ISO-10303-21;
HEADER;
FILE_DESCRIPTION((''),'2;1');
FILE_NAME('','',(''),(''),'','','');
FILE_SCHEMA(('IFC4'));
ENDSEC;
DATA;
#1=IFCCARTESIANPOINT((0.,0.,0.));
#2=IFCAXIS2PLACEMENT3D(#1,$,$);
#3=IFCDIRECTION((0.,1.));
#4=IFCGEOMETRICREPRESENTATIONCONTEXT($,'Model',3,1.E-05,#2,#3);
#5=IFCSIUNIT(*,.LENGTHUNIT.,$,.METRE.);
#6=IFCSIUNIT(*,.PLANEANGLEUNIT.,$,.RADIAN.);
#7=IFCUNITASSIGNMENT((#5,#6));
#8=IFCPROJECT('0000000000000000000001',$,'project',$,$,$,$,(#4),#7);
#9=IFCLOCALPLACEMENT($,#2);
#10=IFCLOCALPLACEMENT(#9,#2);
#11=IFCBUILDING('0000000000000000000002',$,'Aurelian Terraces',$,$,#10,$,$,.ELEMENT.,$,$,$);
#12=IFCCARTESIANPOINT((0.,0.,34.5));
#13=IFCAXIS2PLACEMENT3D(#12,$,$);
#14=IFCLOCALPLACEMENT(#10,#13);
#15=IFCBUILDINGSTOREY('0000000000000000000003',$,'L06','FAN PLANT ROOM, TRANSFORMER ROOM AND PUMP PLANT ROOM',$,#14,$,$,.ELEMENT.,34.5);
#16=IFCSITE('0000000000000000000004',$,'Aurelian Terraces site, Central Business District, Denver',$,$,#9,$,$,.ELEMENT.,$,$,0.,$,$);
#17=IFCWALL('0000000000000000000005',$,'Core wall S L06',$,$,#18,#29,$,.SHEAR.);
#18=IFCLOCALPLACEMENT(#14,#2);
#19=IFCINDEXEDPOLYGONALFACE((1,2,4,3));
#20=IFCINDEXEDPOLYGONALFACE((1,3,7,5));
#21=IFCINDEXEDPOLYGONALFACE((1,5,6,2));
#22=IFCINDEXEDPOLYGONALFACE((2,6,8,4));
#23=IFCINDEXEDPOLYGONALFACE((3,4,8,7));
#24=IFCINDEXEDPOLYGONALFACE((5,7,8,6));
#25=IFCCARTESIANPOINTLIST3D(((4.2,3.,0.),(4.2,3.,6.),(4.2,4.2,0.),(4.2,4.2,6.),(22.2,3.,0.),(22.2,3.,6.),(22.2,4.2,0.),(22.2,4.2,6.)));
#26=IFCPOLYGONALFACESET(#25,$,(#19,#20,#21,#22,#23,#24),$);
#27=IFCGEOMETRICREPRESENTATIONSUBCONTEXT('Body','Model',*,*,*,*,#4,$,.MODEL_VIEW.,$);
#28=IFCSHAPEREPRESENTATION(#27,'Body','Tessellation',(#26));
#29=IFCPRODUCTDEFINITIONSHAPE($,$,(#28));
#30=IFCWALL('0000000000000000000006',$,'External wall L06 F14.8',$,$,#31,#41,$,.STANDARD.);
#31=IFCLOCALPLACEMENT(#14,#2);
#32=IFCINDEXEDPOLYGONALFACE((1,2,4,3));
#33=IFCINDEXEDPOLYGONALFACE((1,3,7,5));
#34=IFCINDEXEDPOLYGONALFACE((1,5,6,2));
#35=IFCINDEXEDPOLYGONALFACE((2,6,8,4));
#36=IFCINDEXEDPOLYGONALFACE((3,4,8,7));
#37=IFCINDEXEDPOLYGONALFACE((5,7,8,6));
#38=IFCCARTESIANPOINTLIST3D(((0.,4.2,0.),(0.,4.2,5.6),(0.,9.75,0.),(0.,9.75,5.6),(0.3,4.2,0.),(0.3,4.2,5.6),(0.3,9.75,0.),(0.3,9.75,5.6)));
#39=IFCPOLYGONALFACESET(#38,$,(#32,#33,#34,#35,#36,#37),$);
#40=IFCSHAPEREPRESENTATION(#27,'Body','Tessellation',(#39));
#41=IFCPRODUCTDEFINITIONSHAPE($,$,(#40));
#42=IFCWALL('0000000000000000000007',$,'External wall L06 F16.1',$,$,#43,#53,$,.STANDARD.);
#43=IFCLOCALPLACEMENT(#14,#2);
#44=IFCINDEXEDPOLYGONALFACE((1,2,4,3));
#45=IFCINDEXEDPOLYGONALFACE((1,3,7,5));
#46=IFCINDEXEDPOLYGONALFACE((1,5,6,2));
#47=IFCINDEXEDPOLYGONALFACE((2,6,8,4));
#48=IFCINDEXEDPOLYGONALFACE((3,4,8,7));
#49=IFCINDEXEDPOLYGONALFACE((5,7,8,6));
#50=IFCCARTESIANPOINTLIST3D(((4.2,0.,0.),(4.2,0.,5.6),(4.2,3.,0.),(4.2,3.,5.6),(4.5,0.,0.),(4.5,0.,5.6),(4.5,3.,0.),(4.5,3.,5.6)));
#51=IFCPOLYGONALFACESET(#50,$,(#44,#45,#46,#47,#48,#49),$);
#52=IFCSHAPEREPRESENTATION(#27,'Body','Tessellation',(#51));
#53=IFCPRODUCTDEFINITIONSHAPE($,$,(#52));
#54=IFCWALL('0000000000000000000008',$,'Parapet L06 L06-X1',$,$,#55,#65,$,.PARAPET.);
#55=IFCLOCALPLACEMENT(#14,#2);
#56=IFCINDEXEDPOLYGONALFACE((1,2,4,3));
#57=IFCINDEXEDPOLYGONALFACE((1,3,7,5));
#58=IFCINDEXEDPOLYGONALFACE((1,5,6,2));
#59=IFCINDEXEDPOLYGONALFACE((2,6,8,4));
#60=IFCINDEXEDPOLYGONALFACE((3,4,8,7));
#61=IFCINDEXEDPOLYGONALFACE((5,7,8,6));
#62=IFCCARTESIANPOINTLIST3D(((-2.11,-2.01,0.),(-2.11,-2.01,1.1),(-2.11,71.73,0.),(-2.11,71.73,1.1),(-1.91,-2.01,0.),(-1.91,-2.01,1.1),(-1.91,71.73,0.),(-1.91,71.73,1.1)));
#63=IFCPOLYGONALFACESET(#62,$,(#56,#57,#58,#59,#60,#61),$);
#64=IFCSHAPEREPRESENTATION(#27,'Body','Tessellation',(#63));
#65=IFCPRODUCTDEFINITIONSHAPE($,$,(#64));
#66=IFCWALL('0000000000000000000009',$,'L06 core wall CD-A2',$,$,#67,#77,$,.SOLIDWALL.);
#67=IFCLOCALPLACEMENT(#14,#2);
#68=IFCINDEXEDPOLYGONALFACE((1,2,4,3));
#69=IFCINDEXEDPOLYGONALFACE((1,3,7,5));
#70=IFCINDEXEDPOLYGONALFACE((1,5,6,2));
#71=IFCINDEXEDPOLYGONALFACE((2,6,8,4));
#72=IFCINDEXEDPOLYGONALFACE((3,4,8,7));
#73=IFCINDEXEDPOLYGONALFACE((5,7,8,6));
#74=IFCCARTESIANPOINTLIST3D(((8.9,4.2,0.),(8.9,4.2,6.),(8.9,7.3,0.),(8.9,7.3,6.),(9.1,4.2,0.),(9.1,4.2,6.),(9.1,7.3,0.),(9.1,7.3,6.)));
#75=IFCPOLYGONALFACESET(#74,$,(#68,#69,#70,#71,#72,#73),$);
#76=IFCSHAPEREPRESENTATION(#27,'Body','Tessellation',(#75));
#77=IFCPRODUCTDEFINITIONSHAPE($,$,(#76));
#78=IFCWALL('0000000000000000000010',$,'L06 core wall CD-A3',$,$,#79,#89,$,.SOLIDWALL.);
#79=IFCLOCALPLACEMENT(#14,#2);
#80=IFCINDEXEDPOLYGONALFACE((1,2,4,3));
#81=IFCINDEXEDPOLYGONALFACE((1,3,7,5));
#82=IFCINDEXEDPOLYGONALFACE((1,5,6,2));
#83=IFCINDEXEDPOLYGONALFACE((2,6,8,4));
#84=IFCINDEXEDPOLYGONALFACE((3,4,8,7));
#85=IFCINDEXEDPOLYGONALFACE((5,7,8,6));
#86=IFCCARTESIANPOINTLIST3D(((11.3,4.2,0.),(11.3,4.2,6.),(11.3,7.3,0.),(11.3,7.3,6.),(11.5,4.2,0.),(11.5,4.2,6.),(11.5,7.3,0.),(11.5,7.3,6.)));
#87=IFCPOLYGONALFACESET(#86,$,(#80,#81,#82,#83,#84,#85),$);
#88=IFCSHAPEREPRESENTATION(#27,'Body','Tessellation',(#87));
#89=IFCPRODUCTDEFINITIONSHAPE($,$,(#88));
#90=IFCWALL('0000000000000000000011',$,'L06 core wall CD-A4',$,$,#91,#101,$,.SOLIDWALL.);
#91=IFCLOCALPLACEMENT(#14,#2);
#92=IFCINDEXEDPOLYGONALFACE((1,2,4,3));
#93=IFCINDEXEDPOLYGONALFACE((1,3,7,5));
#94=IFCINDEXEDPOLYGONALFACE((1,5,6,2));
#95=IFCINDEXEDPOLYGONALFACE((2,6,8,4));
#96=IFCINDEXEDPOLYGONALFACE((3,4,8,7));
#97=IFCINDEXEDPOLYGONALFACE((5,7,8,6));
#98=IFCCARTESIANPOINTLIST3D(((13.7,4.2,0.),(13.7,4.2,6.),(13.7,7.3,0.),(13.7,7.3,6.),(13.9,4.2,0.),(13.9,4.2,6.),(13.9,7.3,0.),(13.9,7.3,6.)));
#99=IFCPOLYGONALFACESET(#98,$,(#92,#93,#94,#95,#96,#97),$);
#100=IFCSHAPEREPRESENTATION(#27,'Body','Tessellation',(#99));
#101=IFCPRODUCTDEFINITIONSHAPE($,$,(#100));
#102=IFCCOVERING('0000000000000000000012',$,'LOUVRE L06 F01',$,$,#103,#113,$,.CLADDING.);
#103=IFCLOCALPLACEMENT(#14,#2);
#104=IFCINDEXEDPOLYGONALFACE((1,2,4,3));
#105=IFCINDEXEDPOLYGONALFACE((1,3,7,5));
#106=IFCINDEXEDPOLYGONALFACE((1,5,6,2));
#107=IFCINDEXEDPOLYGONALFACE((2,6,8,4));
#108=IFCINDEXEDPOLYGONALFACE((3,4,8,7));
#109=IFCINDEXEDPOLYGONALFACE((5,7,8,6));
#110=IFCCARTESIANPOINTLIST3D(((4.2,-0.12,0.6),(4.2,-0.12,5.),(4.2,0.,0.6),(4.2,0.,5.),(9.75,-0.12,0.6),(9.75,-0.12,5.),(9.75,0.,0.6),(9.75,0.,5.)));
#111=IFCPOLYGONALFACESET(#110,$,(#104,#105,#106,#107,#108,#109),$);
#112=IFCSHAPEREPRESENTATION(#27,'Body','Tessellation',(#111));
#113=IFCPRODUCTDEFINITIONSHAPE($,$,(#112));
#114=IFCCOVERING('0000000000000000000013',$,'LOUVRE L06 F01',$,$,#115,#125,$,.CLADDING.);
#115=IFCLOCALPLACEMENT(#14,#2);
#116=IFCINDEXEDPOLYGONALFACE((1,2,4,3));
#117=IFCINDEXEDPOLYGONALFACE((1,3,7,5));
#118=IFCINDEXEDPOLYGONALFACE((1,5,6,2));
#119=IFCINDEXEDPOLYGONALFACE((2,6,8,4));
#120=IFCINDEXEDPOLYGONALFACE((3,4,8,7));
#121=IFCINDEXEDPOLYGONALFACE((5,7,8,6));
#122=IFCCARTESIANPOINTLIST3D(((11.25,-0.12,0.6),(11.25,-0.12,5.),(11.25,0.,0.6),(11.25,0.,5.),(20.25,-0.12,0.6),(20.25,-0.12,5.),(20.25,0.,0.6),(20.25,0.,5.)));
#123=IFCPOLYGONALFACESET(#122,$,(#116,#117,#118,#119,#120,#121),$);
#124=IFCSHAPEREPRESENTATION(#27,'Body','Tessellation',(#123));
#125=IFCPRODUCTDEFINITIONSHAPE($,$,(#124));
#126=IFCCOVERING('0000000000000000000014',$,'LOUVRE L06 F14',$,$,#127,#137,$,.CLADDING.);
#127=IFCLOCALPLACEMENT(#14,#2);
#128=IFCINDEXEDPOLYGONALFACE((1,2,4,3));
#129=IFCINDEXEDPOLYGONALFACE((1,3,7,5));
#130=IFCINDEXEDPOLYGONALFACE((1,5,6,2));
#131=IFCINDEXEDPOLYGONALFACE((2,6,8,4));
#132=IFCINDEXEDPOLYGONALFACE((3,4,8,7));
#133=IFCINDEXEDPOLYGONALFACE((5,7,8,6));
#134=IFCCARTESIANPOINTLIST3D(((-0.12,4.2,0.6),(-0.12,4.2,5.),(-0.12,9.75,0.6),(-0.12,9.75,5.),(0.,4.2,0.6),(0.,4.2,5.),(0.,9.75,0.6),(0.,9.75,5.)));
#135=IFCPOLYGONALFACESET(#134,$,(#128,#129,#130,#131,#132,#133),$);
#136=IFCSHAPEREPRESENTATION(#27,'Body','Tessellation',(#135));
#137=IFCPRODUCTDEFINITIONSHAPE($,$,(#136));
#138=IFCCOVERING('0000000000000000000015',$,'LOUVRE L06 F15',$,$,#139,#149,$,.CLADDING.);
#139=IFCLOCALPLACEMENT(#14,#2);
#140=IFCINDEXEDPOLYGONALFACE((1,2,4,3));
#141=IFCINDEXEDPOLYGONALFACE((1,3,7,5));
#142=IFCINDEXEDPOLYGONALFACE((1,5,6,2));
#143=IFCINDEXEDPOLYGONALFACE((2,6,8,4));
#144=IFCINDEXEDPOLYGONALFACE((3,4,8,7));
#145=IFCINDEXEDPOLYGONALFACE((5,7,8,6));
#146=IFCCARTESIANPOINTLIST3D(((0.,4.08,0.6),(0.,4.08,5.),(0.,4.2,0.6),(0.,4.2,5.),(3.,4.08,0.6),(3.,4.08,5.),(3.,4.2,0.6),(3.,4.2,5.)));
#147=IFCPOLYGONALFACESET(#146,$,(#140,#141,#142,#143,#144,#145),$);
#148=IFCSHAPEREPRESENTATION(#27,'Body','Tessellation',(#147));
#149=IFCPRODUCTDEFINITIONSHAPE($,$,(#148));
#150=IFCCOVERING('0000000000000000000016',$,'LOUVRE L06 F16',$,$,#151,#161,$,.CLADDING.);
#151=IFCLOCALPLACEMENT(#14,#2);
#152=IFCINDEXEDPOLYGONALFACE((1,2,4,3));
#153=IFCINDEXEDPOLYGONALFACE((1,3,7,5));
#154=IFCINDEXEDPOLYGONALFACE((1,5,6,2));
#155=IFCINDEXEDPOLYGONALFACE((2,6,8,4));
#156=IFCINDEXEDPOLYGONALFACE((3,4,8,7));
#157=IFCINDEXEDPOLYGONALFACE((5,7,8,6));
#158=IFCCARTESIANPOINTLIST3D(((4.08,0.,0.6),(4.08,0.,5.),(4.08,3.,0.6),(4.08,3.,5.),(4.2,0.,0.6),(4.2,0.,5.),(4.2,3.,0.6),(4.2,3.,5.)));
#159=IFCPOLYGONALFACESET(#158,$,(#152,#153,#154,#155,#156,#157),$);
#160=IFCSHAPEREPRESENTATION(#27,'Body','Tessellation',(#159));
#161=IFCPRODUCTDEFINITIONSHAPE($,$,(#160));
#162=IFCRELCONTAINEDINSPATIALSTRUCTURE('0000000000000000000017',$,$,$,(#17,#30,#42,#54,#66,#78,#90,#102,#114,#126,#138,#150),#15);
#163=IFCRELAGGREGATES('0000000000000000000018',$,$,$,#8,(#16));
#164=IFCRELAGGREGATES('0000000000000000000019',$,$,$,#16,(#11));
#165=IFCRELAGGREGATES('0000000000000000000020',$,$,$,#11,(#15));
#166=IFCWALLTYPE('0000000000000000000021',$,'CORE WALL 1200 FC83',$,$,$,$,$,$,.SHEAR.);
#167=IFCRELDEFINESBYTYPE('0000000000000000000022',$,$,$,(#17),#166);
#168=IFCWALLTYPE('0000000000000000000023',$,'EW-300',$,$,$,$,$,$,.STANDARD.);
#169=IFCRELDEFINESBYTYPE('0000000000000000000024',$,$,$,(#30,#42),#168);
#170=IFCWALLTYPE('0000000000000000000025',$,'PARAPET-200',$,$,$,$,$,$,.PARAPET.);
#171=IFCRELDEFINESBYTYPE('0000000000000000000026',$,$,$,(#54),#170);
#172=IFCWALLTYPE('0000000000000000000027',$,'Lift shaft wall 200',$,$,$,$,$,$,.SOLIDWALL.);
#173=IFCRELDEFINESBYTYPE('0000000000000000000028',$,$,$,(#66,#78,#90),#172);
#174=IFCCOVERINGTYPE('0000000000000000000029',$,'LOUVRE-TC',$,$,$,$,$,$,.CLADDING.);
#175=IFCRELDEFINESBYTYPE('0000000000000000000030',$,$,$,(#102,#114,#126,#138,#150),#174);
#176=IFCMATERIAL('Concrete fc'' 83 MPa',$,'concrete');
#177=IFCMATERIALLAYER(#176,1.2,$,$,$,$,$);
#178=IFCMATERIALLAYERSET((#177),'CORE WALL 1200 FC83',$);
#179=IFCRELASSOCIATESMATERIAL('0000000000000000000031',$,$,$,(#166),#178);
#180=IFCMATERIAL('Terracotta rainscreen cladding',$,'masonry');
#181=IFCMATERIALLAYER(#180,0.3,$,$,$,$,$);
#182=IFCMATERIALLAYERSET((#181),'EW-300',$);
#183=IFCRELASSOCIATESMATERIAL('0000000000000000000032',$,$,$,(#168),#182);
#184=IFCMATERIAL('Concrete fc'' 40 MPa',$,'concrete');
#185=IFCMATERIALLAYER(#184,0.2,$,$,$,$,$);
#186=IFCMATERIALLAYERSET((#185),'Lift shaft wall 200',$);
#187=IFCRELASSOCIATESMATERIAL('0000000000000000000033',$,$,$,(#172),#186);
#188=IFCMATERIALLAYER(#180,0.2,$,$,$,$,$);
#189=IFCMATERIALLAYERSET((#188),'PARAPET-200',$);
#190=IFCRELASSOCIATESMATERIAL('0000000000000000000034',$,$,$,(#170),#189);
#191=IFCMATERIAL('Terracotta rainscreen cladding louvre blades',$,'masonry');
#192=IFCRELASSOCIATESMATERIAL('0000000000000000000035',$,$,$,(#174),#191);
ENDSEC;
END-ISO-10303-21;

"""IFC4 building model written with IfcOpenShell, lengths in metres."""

from ifc_helpers import new_model, si_unit, direction, frame, frame_2d, origin, origin_2d, place, context, subcontext, project, spatial, rectangle, extrude, source, transform, mapped, material, layer, layer_set, type_object, element, save


model = new_model("IFC4")

# Units and contexts
model_context = context("Model", 3, precision=1e-05, world=origin(), true_north=direction((0.0, 1.0)))
body_context = subcontext(model_context, "Body", "Model", "MODEL_VIEW")
ifc_project = project(units=[si_unit("LENGTHUNIT", "METRE"), si_unit("PLANEANGLEUNIT", "RADIAN")], contexts=[model_context])

# Site, building, storey
site_placement = place(None, origin())
site = spatial("IfcSite", under=ifc_project, at=site_placement, Name="Aurelian Terraces site, Central Business District, Denver", CompositionType="ELEMENT", RefElevation=0.0)
building_placement = place(site_placement, origin())
building = spatial("IfcBuilding", under=site, at=building_placement, Name="Aurelian Terraces", CompositionType="ELEMENT")
storey_placement = place(building_placement, frame((0.0, 0.0, 34.5)))
storey = spatial("IfcBuildingStorey", under=building, at=storey_placement, Name="L06", Description="FAN PLANT ROOM, TRANSFORMER ROOM AND PUMP PLANT ROOM", CompositionType="ELEMENT", Elevation=34.5)

# Shared definitions
ifc_material_1 = material(Name="Concrete fc' 83 MPa", Category="concrete")

# Shared definitions
ifc_material_2 = material(Name="Concrete fc' 40 MPa", Category="concrete")

# Shared definitions
ifc_layer_1 = layer(ifc_material_1, 1.2)
ifc_layer_set_1 = layer_set([ifc_layer_1], Name="CORE WALL 1200 FC83")
wall_type_1 = type_object("IfcWallType", Name="CORE WALL 1200 FC83", PredefinedType="SHEAR", material=ifc_layer_set_1)

# Shared definitions
ifc_material_3 = material(Name="Terracotta rainscreen cladding", Category="masonry")
ifc_layer_2 = layer(ifc_material_3, 0.3)
ifc_layer_set_2 = layer_set([ifc_layer_2], Name="EW-300")
wall_type_2 = type_object("IfcWallType", Name="EW-300", PredefinedType="STANDARD", material=ifc_layer_set_2)
ifc_layer_3 = layer(ifc_material_2, 0.2)
ifc_layer_set_3 = layer_set([ifc_layer_3], Name="Lift shaft wall 200")
wall_type_3 = type_object("IfcWallType", Name="Lift shaft wall 200", PredefinedType="SOLIDWALL", material=ifc_layer_set_3)

# Walls
shared_shape_1 = source(origin(), body_context, "Body", "SweptSolid", [
    extrude(rectangle(XDim=18.0, YDim=1.2, at=frame_2d((9.0, 0.0))), origin(), (0.0, 0.0, 1.0), 6.0),
])
wall_1_placement = place(storey_placement, frame((4.2, 3.6, 0.0), z_axis=(0.0, 0.0, 1.0), x_axis=(1.0, 0.0, 0.0)))
element("IfcWall", 1, at=wall_1_placement, inside=storey, type_object=wall_type_1, Name="Core wall S L06", PredefinedType="SHEAR", context=body_context, shape_type="MappedRepresentation", body=[
    mapped(shared_shape_1, transform((0.0, 0.0, 0.0), scale=1.0)),
])
shared_shape_2 = source(origin(), body_context, "Body", "SweptSolid", [
    extrude(rectangle(XDim=5.55, YDim=0.3, at=frame_2d((2.775, 0.0))), origin(), (0.0, 0.0, 1.0), 5.6),
])
wall_2_placement = place(storey_placement, frame((0.15, 9.75, 0.0), z_axis=(0.0, 0.0, 1.0), x_axis=(0.0, -1.0, 0.0)))
element("IfcWall", 2, at=wall_2_placement, inside=storey, type_object=wall_type_2, Name="External wall L06 F14.8", PredefinedType="STANDARD", context=body_context, shape_type="MappedRepresentation", body=[
    mapped(shared_shape_2, transform((0.0, 0.0, 0.0), scale=1.0)),
])
shared_shape_3 = source(origin(), body_context, "Body", "SweptSolid", [
    extrude(rectangle(XDim=3.0, YDim=0.3, at=frame_2d((1.5, 0.0))), origin(), (0.0, 0.0, 1.0), 5.6),
])
wall_3_placement = place(storey_placement, frame((4.35, 3.0, 0.0), z_axis=(0.0, 0.0, 1.0), x_axis=(0.0, -1.0, 0.0)))
element("IfcWall", 3, at=wall_3_placement, inside=storey, type_object=wall_type_2, Name="External wall L06 F16.1", PredefinedType="STANDARD", context=body_context, shape_type="MappedRepresentation", body=[
    mapped(shared_shape_3, transform((0.0, 0.0, 0.0), scale=1.0)),
])
ifc_layer_4 = layer(ifc_material_3, 0.2)
ifc_layer_set_4 = layer_set([ifc_layer_4], Name="PARAPET-200")
wall_type_4 = type_object("IfcWallType", Name="PARAPET-200", PredefinedType="PARAPET", material=ifc_layer_set_4)
shared_shape_4 = source(origin(), body_context, "Body", "SweptSolid", [
    extrude(rectangle(XDim=73.74, YDim=0.2, at=frame_2d((36.87, 0.0))), origin(), (0.0, 0.0, 1.0), 1.1),
])
wall_4_placement = place(storey_placement, frame((-2.01, -2.01, 0.0), z_axis=(0.0, 0.0, 1.0), x_axis=(0.0, 1.0, 0.0)))
element("IfcWall", 4, at=wall_4_placement, inside=storey, type_object=wall_type_4, Name="Parapet L06 L06-X1", PredefinedType="PARAPET", context=body_context, shape_type="MappedRepresentation", body=[
    mapped(shared_shape_4, transform((0.0, 0.0, 0.0), scale=1.0)),
])
shared_shape_5 = source(origin(), body_context, "Body", "SweptSolid", [
    extrude(rectangle(XDim=3.1, YDim=0.2, at=frame_2d((1.55, 0.0))), origin(), (0.0, 0.0, 1.0), 6.0),
])
for number, where, z_axis, x_axis, name in (
    (5, (9.0, 4.2, 0.0), (0.0, 0.0, 1.0), (0.0, 1.0, 0.0), "L06 core wall CD-A2"),
    (6, (11.4, 4.2, 0.0), (0.0, 0.0, 1.0), (0.0, 1.0, 0.0), "L06 core wall CD-A3"),
    (7, (13.8, 4.2, 0.0), (0.0, 0.0, 1.0), (0.0, 1.0, 0.0), "L06 core wall CD-A4"),
):
    element("IfcWall", number, at=place(storey_placement, frame(where, z_axis=z_axis, x_axis=x_axis)), inside=storey, type_object=wall_type_3, Name=name, PredefinedType="SOLIDWALL", context=body_context, shape_type="MappedRepresentation", body=[
        mapped(shared_shape_5, transform((0.0, 0.0, 0.0), scale=1.0)),
    ])

# Coverings
ifc_material_4 = material(Name="Terracotta rainscreen cladding louvre blades", Category="masonry")
covering_type = type_object("IfcCoveringType", Name="LOUVRE-TC", PredefinedType="CLADDING", material=ifc_material_4)
covering_1_placement = place(storey_placement, frame((6.975, -0.06, 0.6), z_axis=(0.0, 0.0, 1.0), x_axis=(1.0, 0.0, 0.0)))
element("IfcCovering", 8, at=covering_1_placement, inside=storey, type_object=covering_type, Name="LOUVRE L06 F01", PredefinedType="CLADDING", context=body_context, shape_type="SweptSolid", body=[
    extrude(rectangle(XDim=5.55, YDim=0.12, at=origin_2d()), origin(), (0.0, 0.0, 1.0), 4.4),
])
covering_2_placement = place(storey_placement, frame((15.75, -0.06, 0.6), z_axis=(0.0, 0.0, 1.0), x_axis=(1.0, 0.0, 0.0)))
element("IfcCovering", 9, at=covering_2_placement, inside=storey, type_object=covering_type, Name="LOUVRE L06 F01", PredefinedType="CLADDING", context=body_context, shape_type="SweptSolid", body=[
    extrude(rectangle(XDim=9.0, YDim=0.12, at=origin_2d()), origin(), (0.0, 0.0, 1.0), 4.4),
])
covering_3_placement = place(storey_placement, frame((-0.06, 6.975, 0.6), z_axis=(0.0, 0.0, 1.0), x_axis=(1.0, 0.0, 0.0)))
element("IfcCovering", 10, at=covering_3_placement, inside=storey, type_object=covering_type, Name="LOUVRE L06 F14", PredefinedType="CLADDING", context=body_context, shape_type="SweptSolid", body=[
    extrude(rectangle(XDim=0.12, YDim=5.55, at=origin_2d()), origin(), (0.0, 0.0, 1.0), 4.4),
])
covering_4_placement = place(storey_placement, frame((1.5, 4.14, 0.6), z_axis=(0.0, 0.0, 1.0), x_axis=(1.0, 0.0, 0.0)))
element("IfcCovering", 11, at=covering_4_placement, inside=storey, type_object=covering_type, Name="LOUVRE L06 F15", PredefinedType="CLADDING", context=body_context, shape_type="SweptSolid", body=[
    extrude(rectangle(XDim=3.0, YDim=0.12, at=origin_2d()), origin(), (0.0, 0.0, 1.0), 4.4),
])
covering_5_placement = place(storey_placement, frame((4.14, 1.5, 0.6), z_axis=(0.0, 0.0, 1.0), x_axis=(1.0, 0.0, 0.0)))
element("IfcCovering", 12, at=covering_5_placement, inside=storey, type_object=covering_type, Name="LOUVRE L06 F16", PredefinedType="CLADDING", context=body_context, shape_type="SweptSolid", body=[
    extrude(rectangle(XDim=0.12, YDim=3.0, at=origin_2d()), origin(), (0.0, 0.0, 1.0), 4.4),
])

save(model, "model.ifc")
